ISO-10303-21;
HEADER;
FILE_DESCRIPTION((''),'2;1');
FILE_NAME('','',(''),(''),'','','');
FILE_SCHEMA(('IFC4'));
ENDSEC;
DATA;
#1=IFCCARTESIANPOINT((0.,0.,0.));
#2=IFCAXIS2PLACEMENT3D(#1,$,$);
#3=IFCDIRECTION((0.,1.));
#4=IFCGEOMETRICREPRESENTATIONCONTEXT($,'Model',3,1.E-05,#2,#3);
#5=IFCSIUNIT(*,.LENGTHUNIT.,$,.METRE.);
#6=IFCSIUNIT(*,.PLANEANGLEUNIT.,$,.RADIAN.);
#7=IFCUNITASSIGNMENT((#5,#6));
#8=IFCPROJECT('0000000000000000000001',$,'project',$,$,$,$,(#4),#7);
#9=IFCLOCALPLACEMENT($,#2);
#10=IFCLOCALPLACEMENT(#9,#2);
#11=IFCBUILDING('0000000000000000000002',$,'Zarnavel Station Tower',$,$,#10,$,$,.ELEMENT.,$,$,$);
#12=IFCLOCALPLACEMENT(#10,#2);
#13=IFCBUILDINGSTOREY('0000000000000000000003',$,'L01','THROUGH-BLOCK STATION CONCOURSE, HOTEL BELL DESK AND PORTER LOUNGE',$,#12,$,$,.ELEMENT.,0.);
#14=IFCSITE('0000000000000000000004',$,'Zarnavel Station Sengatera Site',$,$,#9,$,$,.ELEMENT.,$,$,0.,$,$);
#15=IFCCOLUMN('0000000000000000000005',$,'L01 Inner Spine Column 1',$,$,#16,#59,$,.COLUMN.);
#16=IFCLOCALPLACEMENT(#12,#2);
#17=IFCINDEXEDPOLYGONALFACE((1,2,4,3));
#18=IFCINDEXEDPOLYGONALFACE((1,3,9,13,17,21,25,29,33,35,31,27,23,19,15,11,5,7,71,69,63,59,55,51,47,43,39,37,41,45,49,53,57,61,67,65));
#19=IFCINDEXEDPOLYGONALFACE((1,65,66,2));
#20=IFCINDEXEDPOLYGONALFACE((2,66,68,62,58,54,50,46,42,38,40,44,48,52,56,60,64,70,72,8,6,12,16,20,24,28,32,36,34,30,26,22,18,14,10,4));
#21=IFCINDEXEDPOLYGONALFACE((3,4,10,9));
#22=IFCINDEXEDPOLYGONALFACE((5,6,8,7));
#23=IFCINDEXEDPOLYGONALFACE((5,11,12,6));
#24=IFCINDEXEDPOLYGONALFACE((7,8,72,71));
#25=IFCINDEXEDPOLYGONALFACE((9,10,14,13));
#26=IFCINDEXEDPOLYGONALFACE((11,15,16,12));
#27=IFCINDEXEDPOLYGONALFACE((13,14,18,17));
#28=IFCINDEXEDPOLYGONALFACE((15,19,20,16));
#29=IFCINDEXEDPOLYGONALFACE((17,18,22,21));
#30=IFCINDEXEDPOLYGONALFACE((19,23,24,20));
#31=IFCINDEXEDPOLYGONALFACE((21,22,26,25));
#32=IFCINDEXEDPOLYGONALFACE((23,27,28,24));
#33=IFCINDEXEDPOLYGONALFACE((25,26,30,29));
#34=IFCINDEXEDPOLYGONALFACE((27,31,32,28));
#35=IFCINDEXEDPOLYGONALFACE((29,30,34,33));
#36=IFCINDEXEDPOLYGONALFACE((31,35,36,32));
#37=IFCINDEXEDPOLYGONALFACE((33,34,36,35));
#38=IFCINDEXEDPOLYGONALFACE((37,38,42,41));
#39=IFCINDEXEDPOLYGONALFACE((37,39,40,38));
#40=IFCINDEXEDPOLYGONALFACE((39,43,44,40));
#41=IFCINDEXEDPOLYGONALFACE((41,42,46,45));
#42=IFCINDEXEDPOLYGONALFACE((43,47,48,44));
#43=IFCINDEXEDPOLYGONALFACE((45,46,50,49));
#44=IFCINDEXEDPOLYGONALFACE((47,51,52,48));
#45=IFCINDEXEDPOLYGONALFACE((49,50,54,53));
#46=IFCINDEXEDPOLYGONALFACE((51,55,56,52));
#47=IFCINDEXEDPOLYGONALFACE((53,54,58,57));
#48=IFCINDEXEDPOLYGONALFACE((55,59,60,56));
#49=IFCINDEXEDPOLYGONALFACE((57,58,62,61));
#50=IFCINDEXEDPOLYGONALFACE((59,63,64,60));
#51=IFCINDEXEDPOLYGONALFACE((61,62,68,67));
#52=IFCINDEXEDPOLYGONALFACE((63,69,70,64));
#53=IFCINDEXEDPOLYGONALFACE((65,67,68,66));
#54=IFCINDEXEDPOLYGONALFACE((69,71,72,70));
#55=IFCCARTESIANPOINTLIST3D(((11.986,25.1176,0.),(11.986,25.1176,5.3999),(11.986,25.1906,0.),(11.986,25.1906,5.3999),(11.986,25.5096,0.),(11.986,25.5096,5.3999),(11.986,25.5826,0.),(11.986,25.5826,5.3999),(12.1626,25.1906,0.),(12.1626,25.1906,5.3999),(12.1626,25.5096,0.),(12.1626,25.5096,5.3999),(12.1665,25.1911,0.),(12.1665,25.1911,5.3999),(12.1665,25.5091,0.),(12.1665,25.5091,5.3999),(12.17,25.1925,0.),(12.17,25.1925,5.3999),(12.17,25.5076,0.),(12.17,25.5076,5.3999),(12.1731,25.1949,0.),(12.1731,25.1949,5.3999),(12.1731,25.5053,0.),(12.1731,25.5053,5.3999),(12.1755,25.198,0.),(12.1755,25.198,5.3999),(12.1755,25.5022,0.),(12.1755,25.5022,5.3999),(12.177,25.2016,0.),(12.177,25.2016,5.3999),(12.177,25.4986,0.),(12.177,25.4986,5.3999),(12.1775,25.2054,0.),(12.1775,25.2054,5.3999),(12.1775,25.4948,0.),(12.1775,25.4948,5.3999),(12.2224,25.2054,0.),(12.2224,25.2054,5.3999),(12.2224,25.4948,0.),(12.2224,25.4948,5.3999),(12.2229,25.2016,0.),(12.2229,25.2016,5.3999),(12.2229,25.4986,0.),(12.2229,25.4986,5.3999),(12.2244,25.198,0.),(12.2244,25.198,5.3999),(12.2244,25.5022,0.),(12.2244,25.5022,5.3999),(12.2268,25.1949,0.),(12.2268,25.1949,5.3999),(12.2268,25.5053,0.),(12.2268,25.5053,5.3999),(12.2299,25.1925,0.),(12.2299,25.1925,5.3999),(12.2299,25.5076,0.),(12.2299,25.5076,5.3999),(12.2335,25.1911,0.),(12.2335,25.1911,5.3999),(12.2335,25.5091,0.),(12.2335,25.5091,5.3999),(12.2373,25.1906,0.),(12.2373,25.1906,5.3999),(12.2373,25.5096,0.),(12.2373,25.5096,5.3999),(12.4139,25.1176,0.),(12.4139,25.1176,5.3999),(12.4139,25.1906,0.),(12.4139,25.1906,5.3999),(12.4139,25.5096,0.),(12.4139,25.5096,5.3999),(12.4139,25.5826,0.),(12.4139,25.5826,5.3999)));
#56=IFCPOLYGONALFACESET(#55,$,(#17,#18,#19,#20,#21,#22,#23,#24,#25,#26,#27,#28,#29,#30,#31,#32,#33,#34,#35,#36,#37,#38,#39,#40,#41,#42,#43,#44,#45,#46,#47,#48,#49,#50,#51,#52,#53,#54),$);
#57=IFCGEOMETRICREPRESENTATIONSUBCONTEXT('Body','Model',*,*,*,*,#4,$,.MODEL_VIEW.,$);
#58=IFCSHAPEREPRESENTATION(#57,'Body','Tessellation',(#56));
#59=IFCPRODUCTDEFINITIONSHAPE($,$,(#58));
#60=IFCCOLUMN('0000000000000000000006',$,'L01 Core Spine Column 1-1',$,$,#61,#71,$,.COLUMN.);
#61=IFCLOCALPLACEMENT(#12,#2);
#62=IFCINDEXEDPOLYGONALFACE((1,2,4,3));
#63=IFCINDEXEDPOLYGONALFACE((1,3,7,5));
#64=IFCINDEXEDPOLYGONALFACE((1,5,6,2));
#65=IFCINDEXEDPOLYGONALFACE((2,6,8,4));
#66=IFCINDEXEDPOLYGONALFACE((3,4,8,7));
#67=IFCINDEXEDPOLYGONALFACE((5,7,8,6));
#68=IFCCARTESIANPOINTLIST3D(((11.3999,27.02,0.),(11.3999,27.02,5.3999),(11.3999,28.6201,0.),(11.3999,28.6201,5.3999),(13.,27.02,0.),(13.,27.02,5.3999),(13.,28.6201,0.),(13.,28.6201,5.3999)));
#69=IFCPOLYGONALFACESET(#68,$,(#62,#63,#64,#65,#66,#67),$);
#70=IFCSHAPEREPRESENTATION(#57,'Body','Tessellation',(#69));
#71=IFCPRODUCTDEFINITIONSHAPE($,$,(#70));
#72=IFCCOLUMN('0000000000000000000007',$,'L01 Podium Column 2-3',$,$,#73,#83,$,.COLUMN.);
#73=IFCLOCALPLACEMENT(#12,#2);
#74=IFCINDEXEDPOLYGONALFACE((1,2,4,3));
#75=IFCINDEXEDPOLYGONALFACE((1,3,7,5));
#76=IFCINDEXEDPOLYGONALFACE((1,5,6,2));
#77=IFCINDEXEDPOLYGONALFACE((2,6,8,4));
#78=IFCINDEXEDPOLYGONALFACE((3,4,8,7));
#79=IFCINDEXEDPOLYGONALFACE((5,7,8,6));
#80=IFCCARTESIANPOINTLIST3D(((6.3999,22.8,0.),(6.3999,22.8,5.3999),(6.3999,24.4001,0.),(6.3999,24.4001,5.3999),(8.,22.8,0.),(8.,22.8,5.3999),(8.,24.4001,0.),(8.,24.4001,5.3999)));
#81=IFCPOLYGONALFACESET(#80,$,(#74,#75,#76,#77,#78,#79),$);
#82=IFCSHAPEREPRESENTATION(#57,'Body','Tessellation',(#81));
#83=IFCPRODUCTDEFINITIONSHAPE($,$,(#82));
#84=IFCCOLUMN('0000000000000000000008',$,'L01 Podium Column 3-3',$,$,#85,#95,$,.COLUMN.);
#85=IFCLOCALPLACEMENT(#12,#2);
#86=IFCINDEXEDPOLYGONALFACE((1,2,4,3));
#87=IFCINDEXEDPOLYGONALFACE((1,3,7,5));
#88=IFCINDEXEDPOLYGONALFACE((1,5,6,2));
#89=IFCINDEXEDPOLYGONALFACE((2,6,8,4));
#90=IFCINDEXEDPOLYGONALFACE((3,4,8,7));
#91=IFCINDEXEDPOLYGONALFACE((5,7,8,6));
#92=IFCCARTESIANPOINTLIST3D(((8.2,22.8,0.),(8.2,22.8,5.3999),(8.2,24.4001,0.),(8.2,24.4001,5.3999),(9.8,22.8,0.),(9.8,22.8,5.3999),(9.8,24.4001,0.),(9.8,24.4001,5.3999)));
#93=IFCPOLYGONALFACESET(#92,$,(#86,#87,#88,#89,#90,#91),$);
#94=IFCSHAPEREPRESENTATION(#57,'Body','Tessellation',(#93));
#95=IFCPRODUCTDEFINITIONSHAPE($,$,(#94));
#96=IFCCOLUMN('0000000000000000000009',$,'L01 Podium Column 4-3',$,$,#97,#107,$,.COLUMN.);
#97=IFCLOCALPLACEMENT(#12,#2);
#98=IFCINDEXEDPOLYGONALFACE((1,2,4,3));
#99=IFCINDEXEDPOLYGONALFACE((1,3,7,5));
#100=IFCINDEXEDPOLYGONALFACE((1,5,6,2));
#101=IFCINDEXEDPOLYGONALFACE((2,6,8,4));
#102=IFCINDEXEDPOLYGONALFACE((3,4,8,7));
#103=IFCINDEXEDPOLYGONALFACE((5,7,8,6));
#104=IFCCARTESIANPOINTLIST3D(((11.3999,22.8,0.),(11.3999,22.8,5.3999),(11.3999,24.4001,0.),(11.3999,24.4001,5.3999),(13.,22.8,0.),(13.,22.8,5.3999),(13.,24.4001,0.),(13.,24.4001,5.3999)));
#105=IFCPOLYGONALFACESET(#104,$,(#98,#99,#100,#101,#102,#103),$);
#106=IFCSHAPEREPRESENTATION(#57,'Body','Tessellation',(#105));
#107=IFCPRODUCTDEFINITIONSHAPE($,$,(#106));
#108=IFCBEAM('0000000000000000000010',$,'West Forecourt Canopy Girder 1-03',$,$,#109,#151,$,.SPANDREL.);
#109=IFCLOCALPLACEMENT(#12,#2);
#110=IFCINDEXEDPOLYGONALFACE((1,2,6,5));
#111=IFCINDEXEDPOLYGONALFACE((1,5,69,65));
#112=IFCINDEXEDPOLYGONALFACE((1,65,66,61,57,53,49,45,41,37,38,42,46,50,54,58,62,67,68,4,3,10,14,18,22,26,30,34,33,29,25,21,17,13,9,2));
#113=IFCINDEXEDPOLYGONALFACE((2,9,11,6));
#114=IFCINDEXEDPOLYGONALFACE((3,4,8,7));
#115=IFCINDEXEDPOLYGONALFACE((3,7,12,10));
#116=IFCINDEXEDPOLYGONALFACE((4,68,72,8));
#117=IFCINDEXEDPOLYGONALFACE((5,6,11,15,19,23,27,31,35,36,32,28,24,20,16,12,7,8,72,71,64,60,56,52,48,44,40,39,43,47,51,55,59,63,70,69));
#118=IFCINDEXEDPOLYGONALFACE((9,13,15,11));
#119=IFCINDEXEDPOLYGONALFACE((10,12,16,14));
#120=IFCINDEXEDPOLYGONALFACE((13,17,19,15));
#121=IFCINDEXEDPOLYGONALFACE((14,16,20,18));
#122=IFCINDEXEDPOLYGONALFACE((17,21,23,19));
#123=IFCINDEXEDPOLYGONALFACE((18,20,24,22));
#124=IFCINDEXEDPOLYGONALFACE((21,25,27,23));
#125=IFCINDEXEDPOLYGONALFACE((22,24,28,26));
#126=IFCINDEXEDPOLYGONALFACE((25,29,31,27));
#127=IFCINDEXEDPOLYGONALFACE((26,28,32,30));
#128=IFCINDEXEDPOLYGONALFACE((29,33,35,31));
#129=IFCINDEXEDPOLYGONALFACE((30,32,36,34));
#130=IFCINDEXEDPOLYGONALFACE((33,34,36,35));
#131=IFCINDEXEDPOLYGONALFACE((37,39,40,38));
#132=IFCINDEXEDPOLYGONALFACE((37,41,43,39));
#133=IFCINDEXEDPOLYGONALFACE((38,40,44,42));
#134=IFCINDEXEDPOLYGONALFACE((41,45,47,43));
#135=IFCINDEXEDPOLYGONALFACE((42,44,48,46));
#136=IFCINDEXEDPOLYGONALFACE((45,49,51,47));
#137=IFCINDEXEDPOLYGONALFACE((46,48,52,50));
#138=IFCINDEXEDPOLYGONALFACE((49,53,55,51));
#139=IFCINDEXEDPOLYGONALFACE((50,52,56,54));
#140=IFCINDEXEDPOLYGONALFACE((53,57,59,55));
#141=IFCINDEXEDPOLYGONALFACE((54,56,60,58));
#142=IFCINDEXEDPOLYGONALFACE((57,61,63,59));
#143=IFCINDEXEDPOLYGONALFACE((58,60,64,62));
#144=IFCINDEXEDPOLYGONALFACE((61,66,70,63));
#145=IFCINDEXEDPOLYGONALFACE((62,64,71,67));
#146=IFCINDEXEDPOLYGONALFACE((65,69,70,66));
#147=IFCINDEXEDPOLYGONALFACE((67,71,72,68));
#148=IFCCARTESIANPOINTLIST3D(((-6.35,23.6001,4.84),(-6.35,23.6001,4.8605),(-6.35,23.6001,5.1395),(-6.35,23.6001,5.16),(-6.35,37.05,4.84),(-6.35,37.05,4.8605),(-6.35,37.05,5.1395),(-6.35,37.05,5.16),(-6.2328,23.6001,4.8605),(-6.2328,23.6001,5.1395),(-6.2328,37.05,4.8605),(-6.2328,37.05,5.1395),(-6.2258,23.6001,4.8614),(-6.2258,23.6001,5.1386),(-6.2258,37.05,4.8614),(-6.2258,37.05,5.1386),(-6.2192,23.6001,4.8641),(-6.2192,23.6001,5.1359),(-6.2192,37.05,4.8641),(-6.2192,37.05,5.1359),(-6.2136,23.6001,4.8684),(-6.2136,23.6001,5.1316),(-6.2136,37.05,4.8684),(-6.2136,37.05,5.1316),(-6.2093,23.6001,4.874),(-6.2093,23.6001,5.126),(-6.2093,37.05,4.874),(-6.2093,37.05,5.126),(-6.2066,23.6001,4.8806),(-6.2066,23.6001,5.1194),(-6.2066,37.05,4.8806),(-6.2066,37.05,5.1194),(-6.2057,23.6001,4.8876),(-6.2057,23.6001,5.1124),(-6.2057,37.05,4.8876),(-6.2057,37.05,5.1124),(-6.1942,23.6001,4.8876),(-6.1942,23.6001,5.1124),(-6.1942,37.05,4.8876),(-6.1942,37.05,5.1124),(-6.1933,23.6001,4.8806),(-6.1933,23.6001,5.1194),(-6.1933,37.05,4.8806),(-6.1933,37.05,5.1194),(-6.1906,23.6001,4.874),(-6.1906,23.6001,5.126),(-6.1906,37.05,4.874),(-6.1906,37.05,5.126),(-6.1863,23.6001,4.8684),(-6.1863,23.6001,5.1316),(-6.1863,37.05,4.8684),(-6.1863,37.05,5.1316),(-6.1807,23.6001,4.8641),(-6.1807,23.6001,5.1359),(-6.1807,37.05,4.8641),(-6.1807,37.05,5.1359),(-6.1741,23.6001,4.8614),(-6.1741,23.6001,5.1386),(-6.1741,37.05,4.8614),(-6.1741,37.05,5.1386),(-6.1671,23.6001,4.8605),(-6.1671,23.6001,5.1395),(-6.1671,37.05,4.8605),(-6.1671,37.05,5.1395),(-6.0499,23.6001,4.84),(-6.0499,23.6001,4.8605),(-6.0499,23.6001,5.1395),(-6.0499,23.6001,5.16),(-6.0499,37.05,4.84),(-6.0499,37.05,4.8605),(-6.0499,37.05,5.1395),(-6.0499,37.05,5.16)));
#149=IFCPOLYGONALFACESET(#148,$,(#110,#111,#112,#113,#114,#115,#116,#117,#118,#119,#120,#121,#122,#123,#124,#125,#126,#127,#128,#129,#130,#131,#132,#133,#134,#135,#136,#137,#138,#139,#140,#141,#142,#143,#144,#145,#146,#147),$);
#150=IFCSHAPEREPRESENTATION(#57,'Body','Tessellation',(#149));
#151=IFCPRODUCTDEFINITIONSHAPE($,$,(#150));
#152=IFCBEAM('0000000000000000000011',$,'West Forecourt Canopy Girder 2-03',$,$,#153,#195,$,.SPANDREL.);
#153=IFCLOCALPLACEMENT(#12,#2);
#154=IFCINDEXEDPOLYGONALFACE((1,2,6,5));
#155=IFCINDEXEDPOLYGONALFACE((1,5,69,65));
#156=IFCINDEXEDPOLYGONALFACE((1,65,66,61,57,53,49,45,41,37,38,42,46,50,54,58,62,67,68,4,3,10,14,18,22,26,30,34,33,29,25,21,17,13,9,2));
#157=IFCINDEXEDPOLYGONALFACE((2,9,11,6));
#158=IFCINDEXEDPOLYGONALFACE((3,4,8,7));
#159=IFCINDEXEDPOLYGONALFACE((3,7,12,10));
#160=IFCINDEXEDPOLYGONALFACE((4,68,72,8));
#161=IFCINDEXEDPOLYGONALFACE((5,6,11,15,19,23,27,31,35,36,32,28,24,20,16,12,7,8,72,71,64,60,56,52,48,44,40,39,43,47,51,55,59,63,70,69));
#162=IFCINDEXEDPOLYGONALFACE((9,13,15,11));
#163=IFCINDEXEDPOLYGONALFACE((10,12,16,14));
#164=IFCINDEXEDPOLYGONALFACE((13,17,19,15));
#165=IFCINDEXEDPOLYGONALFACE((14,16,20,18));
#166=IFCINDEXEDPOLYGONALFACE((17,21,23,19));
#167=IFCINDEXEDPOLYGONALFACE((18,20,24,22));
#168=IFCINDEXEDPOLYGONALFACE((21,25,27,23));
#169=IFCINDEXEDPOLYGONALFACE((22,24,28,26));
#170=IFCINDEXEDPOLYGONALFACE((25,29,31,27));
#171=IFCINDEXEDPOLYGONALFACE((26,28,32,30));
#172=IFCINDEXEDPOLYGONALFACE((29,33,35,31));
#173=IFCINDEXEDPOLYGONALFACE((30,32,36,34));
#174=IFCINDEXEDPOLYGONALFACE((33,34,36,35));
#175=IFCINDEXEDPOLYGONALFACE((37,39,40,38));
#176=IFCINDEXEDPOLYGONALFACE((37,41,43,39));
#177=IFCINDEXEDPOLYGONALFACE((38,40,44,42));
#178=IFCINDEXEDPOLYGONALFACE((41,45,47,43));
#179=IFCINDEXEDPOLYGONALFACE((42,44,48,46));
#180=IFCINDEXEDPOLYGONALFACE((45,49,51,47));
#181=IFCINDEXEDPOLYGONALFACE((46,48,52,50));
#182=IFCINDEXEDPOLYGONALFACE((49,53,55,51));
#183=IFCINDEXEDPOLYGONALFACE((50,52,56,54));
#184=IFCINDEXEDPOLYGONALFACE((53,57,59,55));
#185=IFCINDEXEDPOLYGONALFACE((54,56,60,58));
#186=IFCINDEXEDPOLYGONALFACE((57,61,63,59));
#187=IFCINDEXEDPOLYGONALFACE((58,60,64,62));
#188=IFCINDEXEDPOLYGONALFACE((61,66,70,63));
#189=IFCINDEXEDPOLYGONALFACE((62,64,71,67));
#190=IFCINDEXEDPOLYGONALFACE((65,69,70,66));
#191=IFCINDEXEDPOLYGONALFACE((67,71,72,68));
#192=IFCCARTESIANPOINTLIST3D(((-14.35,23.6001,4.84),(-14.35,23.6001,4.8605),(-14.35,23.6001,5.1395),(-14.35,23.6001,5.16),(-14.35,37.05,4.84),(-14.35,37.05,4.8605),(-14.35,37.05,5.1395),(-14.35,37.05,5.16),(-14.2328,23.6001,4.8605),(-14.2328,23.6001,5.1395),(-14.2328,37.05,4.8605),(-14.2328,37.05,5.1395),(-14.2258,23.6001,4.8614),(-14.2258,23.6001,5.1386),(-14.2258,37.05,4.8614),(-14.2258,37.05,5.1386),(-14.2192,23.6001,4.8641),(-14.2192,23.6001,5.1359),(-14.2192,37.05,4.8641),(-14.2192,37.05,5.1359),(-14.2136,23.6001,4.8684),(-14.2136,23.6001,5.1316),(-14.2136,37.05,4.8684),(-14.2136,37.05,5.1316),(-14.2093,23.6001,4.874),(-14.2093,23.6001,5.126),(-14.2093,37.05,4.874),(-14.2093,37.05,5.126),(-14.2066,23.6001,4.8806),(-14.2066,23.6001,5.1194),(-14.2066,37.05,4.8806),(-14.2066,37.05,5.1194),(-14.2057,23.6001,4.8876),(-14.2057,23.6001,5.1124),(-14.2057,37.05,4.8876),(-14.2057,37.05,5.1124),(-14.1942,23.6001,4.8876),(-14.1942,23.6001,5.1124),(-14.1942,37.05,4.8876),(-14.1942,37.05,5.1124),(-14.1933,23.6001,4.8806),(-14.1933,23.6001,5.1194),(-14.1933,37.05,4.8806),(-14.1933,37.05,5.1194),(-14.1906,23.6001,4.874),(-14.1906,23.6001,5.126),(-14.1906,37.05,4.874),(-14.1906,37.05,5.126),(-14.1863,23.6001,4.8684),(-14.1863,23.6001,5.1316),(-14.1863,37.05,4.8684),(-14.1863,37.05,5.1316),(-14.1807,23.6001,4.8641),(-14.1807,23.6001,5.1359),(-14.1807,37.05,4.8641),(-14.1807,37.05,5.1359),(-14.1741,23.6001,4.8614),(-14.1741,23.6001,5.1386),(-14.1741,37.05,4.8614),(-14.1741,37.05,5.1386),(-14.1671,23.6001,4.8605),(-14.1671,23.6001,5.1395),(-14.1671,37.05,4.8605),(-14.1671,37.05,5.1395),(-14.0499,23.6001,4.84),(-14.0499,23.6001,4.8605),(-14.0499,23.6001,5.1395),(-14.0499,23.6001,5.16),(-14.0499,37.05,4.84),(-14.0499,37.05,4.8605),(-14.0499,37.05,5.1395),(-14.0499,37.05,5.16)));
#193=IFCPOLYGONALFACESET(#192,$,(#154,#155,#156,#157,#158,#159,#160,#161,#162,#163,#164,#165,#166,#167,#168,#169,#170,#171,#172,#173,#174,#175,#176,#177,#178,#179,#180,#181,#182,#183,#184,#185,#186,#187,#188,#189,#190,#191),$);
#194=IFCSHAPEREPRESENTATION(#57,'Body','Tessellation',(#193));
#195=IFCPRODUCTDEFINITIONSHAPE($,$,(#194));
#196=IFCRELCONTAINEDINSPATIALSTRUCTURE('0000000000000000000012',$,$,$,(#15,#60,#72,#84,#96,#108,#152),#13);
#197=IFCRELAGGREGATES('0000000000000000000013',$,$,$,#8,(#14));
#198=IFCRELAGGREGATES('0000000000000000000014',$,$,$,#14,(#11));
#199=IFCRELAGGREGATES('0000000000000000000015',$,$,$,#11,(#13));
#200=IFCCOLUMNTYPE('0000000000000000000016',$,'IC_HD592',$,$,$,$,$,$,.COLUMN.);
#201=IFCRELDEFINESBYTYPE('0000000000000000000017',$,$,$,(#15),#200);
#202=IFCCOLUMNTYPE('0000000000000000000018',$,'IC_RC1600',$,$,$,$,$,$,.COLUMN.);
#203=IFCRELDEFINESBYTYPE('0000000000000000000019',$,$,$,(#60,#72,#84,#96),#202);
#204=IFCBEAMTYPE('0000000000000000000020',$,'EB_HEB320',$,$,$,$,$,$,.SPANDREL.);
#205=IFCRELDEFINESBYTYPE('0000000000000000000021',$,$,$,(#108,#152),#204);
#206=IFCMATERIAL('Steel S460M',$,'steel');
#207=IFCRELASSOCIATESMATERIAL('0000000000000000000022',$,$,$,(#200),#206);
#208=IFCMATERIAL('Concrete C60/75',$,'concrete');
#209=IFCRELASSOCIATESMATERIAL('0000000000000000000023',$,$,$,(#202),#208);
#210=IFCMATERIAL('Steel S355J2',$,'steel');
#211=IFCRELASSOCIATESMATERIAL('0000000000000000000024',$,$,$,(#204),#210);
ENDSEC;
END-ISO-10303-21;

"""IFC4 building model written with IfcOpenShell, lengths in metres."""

from ifc_helpers import new_model, si_unit, direction, frame, origin, origin_2d, place, context, subcontext, project, spatial, rectangle, i_section, extrude, material, material_profile, profile_set, type_object, element, save


model = new_model("IFC4")

# Units and contexts
model_context = context("Model", 3, precision=1e-05, world=origin(), true_north=direction((0.0, 1.0)))
body_context = subcontext(model_context, "Body", "Model", "MODEL_VIEW")
ifc_project = project(units=[si_unit("LENGTHUNIT", "METRE"), si_unit("PLANEANGLEUNIT", "RADIAN")], contexts=[model_context])

# Site, building, storey
site_placement = place(None, origin())
site = spatial("IfcSite", under=ifc_project, at=site_placement, Name="Zarnavel Station Sengatera Site", CompositionType="ELEMENT", RefElevation=0.0)
building_placement = place(site_placement, origin())
building = spatial("IfcBuilding", under=site, at=building_placement, Name="Zarnavel Station Tower", CompositionType="ELEMENT")
storey_placement = place(building_placement, origin())
storey = spatial("IfcBuildingStorey", under=building, at=storey_placement, Name="L01", Description="THROUGH-BLOCK STATION CONCOURSE, HOTEL BELL DESK AND PORTER LOUNGE", CompositionType="ELEMENT", Elevation=0.0)

# Columns
ifc_material_1 = material(Name="Steel S460M", Category="steel")
ifc_material_profile_1 = material_profile(ifc_material_1, i_section(OverallWidth=0.428, OverallDepth=0.4651, WebThickness=0.0449, FlangeThickness=0.073, FilletRadius=0.0149, at=origin_2d()), Name="HD400x592")
ifc_profile_set_1 = profile_set([ifc_material_profile_1], Name="Steel S460M")
column_type_1 = type_object("IfcColumnType", Name="IC_HD592", PredefinedType="COLUMN", material=ifc_profile_set_1)
column_1_placement = place(storey_placement, frame((12.2, 25.3501, 0.0), z_axis=(0.0, 0.0, 1.0), x_axis=(1.0, 0.0, 0.0)))
element("IfcColumn", 1, at=column_1_placement, inside=storey, type_object=column_type_1, Name="L01 Inner Spine Column 1", PredefinedType="COLUMN", context=body_context, shape_type="SweptSolid", body=[
    extrude(i_section(OverallWidth=0.428, OverallDepth=0.4651, WebThickness=0.0449, FlangeThickness=0.073, FilletRadius=0.0149, at=origin_2d()), origin(), (0.0, 0.0, 1.0), 5.3999),
])
ifc_material_2 = material(Name="Concrete C60/75", Category="concrete")
ifc_material_profile_2 = material_profile(ifc_material_2, rectangle(XDim=1.6001, YDim=1.6001, at=origin_2d()), Name="RC1600x1600")
ifc_profile_set_2 = profile_set([ifc_material_profile_2], Name="Concrete C60/75")
column_type_2 = type_object("IfcColumnType", Name="IC_RC1600", PredefinedType="COLUMN", material=ifc_profile_set_2)
for number, where, z_axis, x_axis, name in (
    (2, (12.2, 27.8201, 0.0), (0.0, 0.0, 1.0), (1.0, 0.0, 0.0), "L01 Core Spine Column 1-1"),
    (3, (7.2, 23.6001, 0.0), (0.0, 0.0, 1.0), (1.0, 0.0, 0.0), "L01 Podium Column 2-3"),
    (4, (9.0, 23.6001, 0.0), (0.0, 0.0, 1.0), (1.0, 0.0, 0.0), "L01 Podium Column 3-3"),
    (5, (12.2, 23.6001, 0.0), (0.0, 0.0, 1.0), (1.0, 0.0, 0.0), "L01 Podium Column 4-3"),
):
    element("IfcColumn", number, at=place(storey_placement, frame(where, z_axis=z_axis, x_axis=x_axis)), inside=storey, type_object=column_type_2, Name=name, PredefinedType="COLUMN", context=body_context, shape_type="SweptSolid", body=[
        extrude(rectangle(XDim=1.6001, YDim=1.6001, at=origin_2d()), origin(), (0.0, 0.0, 1.0), 5.3999),
    ])

# Beams
ifc_material_3 = material(Name="Steel S355J2", Category="steel")
ifc_material_profile_3 = material_profile(ifc_material_3, i_section(OverallWidth=0.3, OverallDepth=0.3201, WebThickness=0.0115, FlangeThickness=0.0205, FilletRadius=0.0271, at=origin_2d()), Name="HEB320")
ifc_profile_set_3 = profile_set([ifc_material_profile_3], Name="Steel S355J2")
beam_type_1 = type_object("IfcBeamType", Name="EB_HEB320", PredefinedType="SPANDREL", material=ifc_profile_set_3)
for number, where, z_axis, x_axis, name in (
    (6, (-6.2, 23.6001, 5.0), (0.0, 1.0, 0.0), (-1.0, 0.0, 0.0), "West Forecourt Canopy Girder 1-03"),
    (7, (-14.2, 23.6001, 5.0), (0.0, 1.0, 0.0), (-1.0, 0.0, 0.0), "West Forecourt Canopy Girder 2-03"),
):
    element("IfcBeam", number, at=place(storey_placement, frame(where, z_axis=z_axis, x_axis=x_axis)), inside=storey, type_object=beam_type_1, Name=name, PredefinedType="SPANDREL", context=body_context, shape_type="SweptSolid", body=[
        extrude(i_section(OverallWidth=0.3, OverallDepth=0.3201, WebThickness=0.0115, FlangeThickness=0.0205, FilletRadius=0.0271, at=origin_2d()), origin(), (0.0, 0.0, 1.0), 13.45),
    ])

save(model, "model.ifc")
